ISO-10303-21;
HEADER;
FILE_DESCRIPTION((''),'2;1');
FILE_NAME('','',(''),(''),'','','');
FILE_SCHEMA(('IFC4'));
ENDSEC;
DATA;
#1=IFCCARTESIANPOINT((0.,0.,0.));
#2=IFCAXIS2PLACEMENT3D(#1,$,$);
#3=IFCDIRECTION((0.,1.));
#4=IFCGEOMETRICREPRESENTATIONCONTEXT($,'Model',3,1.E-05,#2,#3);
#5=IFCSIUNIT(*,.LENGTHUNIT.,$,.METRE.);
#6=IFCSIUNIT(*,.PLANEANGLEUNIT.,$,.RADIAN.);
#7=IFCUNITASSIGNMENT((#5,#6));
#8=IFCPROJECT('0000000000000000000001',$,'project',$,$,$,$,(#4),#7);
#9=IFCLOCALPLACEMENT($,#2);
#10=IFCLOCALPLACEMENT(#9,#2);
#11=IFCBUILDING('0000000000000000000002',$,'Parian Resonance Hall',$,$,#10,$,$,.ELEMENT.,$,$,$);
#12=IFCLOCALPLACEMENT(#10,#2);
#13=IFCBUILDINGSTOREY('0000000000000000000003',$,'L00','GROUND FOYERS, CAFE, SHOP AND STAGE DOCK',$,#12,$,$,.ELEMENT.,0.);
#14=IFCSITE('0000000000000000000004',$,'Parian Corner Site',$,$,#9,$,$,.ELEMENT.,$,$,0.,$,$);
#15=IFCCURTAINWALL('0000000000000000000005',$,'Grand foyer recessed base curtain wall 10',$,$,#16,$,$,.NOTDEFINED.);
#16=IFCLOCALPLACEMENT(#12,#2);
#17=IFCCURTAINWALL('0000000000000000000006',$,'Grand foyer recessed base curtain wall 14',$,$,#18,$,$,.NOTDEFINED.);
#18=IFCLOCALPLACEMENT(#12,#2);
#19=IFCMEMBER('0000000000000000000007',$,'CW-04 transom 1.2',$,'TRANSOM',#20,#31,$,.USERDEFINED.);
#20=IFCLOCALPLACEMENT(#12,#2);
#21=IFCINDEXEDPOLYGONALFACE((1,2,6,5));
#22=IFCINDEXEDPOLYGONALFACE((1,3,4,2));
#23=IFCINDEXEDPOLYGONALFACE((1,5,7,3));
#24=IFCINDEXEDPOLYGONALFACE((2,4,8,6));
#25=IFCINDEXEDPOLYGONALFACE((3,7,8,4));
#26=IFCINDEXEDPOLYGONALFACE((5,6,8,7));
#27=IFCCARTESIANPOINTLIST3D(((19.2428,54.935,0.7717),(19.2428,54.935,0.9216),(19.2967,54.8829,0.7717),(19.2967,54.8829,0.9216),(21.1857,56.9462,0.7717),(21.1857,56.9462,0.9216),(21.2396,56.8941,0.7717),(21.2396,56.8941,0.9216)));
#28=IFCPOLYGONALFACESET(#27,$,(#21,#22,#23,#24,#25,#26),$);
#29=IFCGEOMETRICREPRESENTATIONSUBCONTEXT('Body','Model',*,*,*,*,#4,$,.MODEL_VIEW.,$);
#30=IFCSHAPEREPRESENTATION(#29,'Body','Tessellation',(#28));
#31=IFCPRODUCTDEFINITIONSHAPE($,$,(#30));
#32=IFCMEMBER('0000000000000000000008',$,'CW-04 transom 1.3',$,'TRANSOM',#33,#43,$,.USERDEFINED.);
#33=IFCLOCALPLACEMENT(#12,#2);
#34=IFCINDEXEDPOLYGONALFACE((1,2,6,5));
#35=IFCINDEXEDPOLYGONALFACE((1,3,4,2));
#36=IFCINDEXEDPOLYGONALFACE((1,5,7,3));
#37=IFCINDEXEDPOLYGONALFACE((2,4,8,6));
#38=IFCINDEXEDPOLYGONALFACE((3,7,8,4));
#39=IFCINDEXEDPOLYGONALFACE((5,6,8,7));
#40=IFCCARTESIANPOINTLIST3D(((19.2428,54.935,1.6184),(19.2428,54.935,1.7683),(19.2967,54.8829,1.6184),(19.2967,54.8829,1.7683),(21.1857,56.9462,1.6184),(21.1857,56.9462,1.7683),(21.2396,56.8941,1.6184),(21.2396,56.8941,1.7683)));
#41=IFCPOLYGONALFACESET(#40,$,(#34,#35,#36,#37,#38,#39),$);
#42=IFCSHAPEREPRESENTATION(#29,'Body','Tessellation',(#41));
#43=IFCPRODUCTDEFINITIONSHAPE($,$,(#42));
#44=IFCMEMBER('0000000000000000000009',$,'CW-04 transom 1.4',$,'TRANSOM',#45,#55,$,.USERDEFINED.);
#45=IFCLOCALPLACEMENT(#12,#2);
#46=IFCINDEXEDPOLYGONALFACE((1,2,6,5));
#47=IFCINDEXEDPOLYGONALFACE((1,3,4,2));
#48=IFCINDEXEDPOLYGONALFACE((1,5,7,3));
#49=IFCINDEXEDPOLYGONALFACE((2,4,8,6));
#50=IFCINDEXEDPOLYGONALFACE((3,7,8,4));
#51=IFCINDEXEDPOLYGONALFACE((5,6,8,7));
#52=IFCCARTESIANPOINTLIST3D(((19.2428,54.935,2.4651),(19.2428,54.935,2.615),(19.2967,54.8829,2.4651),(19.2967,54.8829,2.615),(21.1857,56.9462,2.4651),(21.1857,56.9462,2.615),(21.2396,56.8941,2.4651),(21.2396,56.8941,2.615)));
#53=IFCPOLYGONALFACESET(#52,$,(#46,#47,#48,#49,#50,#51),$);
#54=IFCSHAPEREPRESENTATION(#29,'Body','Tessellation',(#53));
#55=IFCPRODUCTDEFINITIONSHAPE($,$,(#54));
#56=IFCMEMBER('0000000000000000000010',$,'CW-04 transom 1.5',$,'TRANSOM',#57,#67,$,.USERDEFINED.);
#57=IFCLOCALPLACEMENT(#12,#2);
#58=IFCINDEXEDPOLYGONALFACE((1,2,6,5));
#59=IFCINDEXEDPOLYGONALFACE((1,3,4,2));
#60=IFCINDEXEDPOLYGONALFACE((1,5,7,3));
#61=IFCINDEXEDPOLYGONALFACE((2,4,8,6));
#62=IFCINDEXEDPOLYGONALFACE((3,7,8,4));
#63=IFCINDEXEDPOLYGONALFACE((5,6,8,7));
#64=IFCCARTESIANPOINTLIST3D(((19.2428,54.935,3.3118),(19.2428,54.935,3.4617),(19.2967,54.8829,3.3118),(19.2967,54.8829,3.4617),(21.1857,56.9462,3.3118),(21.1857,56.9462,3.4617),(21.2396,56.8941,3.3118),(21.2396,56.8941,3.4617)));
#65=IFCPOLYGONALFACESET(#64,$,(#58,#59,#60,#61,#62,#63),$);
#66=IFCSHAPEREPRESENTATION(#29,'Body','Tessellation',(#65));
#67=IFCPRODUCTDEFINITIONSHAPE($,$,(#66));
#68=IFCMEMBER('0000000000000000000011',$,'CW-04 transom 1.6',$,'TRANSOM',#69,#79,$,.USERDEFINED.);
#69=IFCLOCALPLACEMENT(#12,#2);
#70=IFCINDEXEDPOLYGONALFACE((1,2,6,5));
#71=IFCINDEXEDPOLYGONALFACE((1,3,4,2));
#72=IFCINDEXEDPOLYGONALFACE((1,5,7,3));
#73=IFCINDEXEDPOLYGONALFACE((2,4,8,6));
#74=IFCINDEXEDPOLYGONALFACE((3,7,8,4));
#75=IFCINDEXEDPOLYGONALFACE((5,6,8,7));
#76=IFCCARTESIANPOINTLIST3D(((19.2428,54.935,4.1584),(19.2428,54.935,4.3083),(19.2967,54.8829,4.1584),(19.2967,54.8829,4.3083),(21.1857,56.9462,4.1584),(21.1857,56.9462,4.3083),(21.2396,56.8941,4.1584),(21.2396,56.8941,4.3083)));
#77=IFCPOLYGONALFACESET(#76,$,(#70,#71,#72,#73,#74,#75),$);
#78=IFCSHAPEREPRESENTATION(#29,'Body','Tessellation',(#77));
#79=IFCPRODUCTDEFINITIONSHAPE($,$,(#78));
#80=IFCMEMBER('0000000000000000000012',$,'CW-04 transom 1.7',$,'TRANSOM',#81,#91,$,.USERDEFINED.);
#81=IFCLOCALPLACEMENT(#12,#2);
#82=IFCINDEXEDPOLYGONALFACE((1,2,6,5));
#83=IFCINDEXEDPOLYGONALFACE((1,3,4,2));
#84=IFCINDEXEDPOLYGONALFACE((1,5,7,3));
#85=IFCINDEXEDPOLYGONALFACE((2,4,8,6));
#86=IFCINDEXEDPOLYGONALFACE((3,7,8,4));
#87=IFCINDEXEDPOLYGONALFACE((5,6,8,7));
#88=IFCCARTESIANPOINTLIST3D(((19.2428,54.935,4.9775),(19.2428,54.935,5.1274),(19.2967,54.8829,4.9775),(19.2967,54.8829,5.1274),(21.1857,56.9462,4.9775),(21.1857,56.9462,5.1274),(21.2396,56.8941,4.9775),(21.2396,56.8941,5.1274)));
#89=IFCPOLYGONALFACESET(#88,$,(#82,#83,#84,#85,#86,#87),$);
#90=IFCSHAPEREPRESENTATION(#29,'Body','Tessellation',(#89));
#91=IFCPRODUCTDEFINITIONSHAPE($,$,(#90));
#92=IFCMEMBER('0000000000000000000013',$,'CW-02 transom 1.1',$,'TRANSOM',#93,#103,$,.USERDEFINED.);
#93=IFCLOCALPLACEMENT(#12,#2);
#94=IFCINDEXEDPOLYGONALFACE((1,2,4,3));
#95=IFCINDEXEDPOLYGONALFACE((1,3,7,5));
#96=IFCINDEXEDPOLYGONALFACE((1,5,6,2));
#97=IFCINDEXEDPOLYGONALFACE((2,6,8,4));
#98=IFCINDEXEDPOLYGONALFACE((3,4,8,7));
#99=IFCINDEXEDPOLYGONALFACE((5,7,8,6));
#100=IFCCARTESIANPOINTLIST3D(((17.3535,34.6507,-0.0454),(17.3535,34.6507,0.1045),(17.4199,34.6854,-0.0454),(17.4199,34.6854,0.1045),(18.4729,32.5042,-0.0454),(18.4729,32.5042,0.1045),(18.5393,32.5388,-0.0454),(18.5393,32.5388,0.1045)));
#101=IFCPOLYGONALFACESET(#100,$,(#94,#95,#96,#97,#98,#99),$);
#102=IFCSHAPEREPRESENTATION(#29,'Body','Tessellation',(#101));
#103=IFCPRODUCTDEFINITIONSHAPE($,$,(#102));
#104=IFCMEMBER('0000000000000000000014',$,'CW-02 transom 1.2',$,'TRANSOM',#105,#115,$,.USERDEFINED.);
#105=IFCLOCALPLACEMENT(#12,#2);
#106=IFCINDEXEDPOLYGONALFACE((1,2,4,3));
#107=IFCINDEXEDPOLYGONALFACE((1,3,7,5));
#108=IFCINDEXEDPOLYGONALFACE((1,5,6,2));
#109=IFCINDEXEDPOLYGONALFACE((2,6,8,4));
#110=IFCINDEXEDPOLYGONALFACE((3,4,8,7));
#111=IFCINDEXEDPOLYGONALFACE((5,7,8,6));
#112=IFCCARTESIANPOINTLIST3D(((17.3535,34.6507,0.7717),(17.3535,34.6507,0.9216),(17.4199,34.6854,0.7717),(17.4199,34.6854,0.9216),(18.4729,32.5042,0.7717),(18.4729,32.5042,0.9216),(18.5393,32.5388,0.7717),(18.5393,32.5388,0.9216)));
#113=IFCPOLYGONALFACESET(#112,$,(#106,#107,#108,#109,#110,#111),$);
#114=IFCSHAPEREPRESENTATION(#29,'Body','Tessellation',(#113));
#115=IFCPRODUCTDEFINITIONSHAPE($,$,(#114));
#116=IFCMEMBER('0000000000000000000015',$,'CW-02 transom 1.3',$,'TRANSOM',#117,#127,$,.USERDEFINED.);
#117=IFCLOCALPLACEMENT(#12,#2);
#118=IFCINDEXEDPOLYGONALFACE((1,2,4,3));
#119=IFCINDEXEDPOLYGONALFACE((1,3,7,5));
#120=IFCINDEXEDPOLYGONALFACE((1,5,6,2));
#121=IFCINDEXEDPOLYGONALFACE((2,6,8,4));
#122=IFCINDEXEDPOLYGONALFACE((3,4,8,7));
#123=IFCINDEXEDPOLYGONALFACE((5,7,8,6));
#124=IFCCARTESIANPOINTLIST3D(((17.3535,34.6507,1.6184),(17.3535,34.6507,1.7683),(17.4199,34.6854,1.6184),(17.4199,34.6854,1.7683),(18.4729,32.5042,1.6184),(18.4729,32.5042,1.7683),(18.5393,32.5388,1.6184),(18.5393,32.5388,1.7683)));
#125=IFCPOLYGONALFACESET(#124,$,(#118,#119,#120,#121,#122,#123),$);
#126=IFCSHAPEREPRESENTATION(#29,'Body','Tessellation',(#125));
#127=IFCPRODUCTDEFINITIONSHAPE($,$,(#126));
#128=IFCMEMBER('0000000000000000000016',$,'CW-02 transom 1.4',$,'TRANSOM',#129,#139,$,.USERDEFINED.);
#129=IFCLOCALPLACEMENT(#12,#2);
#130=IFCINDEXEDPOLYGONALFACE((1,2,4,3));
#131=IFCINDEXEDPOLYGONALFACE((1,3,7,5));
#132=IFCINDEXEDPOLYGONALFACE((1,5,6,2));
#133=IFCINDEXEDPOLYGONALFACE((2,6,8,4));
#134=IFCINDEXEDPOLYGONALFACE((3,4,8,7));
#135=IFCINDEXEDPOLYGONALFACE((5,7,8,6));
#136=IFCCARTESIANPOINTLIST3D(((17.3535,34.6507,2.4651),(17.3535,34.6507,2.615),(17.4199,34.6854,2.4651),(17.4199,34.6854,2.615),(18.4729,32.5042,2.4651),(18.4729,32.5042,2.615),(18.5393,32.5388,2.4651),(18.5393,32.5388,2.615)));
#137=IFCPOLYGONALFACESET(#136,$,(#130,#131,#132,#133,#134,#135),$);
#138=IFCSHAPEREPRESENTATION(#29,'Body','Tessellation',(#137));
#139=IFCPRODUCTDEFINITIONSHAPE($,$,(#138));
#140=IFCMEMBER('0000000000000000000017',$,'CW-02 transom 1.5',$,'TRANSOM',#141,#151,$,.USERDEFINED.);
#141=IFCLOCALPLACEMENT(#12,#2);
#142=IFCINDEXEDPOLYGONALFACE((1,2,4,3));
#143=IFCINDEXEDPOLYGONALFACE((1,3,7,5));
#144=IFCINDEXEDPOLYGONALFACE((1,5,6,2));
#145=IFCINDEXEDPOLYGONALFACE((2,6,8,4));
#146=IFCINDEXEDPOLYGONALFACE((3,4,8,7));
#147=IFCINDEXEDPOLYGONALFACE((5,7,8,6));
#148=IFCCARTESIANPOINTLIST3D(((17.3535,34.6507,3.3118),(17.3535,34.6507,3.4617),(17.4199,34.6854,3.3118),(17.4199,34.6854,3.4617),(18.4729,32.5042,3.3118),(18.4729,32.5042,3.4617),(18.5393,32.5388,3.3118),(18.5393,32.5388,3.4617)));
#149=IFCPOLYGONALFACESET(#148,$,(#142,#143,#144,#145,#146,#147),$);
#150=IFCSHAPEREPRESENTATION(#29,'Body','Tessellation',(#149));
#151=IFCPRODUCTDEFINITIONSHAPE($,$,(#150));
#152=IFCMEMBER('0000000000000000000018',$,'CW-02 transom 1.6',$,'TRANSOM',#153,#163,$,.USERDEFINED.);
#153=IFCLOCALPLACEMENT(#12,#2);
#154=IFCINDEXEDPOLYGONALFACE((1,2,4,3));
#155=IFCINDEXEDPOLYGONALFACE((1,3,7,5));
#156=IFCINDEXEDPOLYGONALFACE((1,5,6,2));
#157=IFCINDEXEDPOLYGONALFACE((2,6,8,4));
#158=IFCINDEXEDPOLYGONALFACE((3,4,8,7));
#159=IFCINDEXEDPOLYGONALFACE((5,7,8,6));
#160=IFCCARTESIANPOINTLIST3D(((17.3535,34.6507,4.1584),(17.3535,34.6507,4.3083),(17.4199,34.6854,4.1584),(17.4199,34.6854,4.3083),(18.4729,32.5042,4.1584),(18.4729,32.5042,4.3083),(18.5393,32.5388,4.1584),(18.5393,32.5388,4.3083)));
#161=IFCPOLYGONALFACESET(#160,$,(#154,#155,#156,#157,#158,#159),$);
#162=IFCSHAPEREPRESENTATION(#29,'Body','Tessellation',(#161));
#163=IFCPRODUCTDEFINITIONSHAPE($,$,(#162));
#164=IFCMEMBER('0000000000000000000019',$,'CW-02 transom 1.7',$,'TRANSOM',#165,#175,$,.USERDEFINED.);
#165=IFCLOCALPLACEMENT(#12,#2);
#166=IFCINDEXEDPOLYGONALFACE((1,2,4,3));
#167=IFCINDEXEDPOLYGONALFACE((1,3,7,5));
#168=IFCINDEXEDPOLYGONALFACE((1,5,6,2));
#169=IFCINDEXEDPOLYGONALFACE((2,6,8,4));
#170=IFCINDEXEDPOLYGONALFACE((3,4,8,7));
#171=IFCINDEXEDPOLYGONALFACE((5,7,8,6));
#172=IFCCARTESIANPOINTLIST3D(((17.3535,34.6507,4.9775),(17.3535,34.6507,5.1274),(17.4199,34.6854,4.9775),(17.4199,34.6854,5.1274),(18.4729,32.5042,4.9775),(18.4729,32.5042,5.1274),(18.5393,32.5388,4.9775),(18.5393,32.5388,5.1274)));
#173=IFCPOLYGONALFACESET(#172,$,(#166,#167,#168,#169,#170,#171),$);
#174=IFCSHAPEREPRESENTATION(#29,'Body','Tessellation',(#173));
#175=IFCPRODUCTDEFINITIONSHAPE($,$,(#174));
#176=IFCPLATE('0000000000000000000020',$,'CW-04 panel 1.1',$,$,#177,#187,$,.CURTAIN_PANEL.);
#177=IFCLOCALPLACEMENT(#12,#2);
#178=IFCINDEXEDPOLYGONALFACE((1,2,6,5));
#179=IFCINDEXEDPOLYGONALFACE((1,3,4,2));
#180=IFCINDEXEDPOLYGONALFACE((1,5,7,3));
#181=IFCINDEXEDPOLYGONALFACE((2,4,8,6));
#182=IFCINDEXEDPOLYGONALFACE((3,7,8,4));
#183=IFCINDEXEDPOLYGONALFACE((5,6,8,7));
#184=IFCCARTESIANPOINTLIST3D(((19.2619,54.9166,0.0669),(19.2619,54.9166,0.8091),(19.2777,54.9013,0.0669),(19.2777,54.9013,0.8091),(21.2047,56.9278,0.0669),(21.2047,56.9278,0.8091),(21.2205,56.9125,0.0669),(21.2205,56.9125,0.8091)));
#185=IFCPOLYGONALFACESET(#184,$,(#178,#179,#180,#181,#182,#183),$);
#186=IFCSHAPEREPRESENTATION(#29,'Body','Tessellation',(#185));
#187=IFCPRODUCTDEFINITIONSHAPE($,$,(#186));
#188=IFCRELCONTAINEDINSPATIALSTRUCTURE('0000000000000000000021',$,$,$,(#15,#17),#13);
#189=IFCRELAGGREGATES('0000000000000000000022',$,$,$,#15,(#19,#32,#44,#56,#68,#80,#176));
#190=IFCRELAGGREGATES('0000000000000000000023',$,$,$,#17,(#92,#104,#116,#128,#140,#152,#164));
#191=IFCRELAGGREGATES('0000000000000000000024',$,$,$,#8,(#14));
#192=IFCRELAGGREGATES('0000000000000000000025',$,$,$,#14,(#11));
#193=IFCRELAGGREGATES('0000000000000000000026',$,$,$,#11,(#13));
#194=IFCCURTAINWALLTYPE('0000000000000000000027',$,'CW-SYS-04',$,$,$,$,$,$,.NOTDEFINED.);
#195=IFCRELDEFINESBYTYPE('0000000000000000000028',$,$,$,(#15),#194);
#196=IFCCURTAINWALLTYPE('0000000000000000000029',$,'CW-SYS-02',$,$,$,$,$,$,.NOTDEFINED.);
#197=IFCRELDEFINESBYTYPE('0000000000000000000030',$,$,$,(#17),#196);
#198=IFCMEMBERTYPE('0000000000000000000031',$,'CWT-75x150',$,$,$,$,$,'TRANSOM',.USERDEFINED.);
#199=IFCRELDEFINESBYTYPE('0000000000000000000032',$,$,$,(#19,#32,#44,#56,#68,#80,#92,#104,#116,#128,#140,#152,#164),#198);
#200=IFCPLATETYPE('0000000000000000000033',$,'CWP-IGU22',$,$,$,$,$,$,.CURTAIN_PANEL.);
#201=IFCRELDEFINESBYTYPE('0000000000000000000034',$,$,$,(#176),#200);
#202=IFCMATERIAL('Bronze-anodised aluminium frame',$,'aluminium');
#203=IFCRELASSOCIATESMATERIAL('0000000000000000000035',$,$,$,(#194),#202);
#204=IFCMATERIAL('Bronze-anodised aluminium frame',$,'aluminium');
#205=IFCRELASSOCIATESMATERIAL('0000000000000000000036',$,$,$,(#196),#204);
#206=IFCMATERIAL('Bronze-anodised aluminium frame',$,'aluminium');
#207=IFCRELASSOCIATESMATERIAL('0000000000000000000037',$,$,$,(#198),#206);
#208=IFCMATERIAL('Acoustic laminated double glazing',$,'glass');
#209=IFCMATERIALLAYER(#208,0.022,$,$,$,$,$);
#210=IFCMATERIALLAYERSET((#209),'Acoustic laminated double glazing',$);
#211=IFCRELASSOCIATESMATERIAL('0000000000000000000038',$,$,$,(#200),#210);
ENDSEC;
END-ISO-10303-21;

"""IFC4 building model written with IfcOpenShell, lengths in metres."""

from ifc_helpers import new_model, si_unit, direction, frame, origin, origin_2d, place, context, subcontext, project, spatial, rectangle, extrude, material, layer, layer_set, material_profile, profile_set, type_object, element, aggregate, save


model = new_model("IFC4")

# Units and contexts
model_context = context("Model", 3, precision=1e-05, world=origin(), true_north=direction((0.0, 1.0)))
body_context = subcontext(model_context, "Body", "Model", "MODEL_VIEW")
ifc_project = project(units=[si_unit("LENGTHUNIT", "METRE"), si_unit("PLANEANGLEUNIT", "RADIAN")], contexts=[model_context])

# Site, building, storey
site_placement = place(None, origin())
site = spatial("IfcSite", under=ifc_project, at=site_placement, Name="Parian Corner Site", CompositionType="ELEMENT", RefElevation=0.0)
building_placement = place(site_placement, origin())
building = spatial("IfcBuilding", under=site, at=building_placement, Name="Parian Resonance Hall", CompositionType="ELEMENT")
storey_placement = place(building_placement, origin())
storey = spatial("IfcBuildingStorey", under=building, at=storey_placement, Name="L00", Description="GROUND FOYERS, CAFE, SHOP AND STAGE DOCK", CompositionType="ELEMENT", Elevation=0.0)

# Curtain walls
ifc_material_1 = material(Name="Bronze-anodised aluminium frame", Category="aluminium")
curtain_wall_type_1 = type_object("IfcCurtainWallType", Name="CW-SYS-04", PredefinedType="NOTDEFINED", material=ifc_material_1)
curtain_wall_1_placement = place(storey_placement, origin())
curtain_wall_1 = element("IfcCurtainWall", 1, at=curtain_wall_1_placement, inside=storey, type_object=curtain_wall_type_1, Name="Grand foyer recessed base curtain wall 10", PredefinedType="NOTDEFINED")
ifc_material_2 = material(Name="Bronze-anodised aluminium frame", Category="aluminium")
curtain_wall_type_2 = type_object("IfcCurtainWallType", Name="CW-SYS-02", PredefinedType="NOTDEFINED", material=ifc_material_2)
curtain_wall_2_placement = place(storey_placement, origin())
curtain_wall_2 = element("IfcCurtainWall", 2, at=curtain_wall_2_placement, inside=storey, type_object=curtain_wall_type_2, Name="Grand foyer recessed base curtain wall 14", PredefinedType="NOTDEFINED")

# Members
ifc_material_3 = material(Name="Bronze-anodised aluminium frame", Category="aluminium")
ifc_material_profile_1 = material_profile(ifc_material_3, rectangle(XDim=0.075, YDim=0.1499, at=origin_2d()), Name="CWT-75x150")
ifc_profile_set_1 = profile_set([ifc_material_profile_1], Name="Bronze-anodised aluminium frame")
member_type_1 = type_object("IfcMemberType", Name="CWT-75x150", ElementType="TRANSOM", PredefinedType="USERDEFINED", material=ifc_profile_set_1)
member_1_placement = place(storey_placement, frame((19.2698, 54.9089, 0.8467), z_axis=(0.694778, 0.719224, 0.0), x_axis=(-0.719224, 0.694778, 0.0)))
member_1 = element("IfcMember", 3, at=member_1_placement, type_object=member_type_1, Name="CW-04 transom 1.2", ObjectType="TRANSOM", PredefinedType="USERDEFINED", context=body_context, shape_type="SweptSolid", body=[
    extrude(rectangle(XDim=0.075, YDim=0.1499, at=origin_2d()), origin(), (0.0, 0.0, 1.0), 2.7964),
])
member_2_placement = place(storey_placement, frame((19.2698, 54.9089, 1.6934), z_axis=(0.694778, 0.719224, 0.0), x_axis=(-0.719224, 0.694778, 0.0)))
member_2 = element("IfcMember", 4, at=member_2_placement, type_object=member_type_1, Name="CW-04 transom 1.3", ObjectType="TRANSOM", PredefinedType="USERDEFINED", context=body_context, shape_type="SweptSolid", body=[
    extrude(rectangle(XDim=0.075, YDim=0.1499, at=origin_2d()), origin(), (0.0, 0.0, 1.0), 2.7964),
])
member_3_placement = place(storey_placement, frame((19.2698, 54.9089, 2.54), z_axis=(0.694778, 0.719224, 0.0), x_axis=(-0.719224, 0.694778, 0.0)))
member_3 = element("IfcMember", 5, at=member_3_placement, type_object=member_type_1, Name="CW-04 transom 1.4", ObjectType="TRANSOM", PredefinedType="USERDEFINED", context=body_context, shape_type="SweptSolid", body=[
    extrude(rectangle(XDim=0.075, YDim=0.1499, at=origin_2d()), origin(), (0.0, 0.0, 1.0), 2.7964),
])
member_4_placement = place(storey_placement, frame((19.2698, 54.9089, 3.3867), z_axis=(0.694778, 0.719224, 0.0), x_axis=(-0.719224, 0.694778, 0.0)))
member_4 = element("IfcMember", 6, at=member_4_placement, type_object=member_type_1, Name="CW-04 transom 1.5", ObjectType="TRANSOM", PredefinedType="USERDEFINED", context=body_context, shape_type="SweptSolid", body=[
    extrude(rectangle(XDim=0.075, YDim=0.1499, at=origin_2d()), origin(), (0.0, 0.0, 1.0), 2.7964),
])
member_5_placement = place(storey_placement, frame((19.2698, 54.9089, 4.2334), z_axis=(0.694778, 0.719224, 0.0), x_axis=(-0.719224, 0.694778, 0.0)))
member_5 = element("IfcMember", 7, at=member_5_placement, type_object=member_type_1, Name="CW-04 transom 1.6", ObjectType="TRANSOM", PredefinedType="USERDEFINED", context=body_context, shape_type="SweptSolid", body=[
    extrude(rectangle(XDim=0.075, YDim=0.1499, at=origin_2d()), origin(), (0.0, 0.0, 1.0), 2.7964),
])
member_6_placement = place(storey_placement, frame((19.2698, 54.9089, 5.0525), z_axis=(0.694778, 0.719224, 0.0), x_axis=(-0.719224, 0.694778, 0.0)))
member_6 = element("IfcMember", 8, at=member_6_placement, type_object=member_type_1, Name="CW-04 transom 1.7", ObjectType="TRANSOM", PredefinedType="USERDEFINED", context=body_context, shape_type="SweptSolid", body=[
    extrude(rectangle(XDim=0.075, YDim=0.1499, at=origin_2d()), origin(), (0.0, 0.0, 1.0), 2.7964),
])
member_7_placement = place(storey_placement, frame((18.5061, 32.5215, 0.0295), z_axis=(-0.462397, 0.886673, 0.0), x_axis=(-0.886673, -0.462397, 0.0)))
member_7 = element("IfcMember", 9, at=member_7_placement, type_object=member_type_1, Name="CW-02 transom 1.1", ObjectType="TRANSOM", PredefinedType="USERDEFINED", context=body_context, shape_type="SweptSolid", body=[
    extrude(rectangle(XDim=0.075, YDim=0.1499, at=origin_2d()), origin(), (0.0, 0.0, 1.0), 2.4209),
])
member_8_placement = place(storey_placement, frame((18.5061, 32.5215, 0.8467), z_axis=(-0.462397, 0.886673, 0.0), x_axis=(-0.886673, -0.462397, 0.0)))
member_8 = element("IfcMember", 10, at=member_8_placement, type_object=member_type_1, Name="CW-02 transom 1.2", ObjectType="TRANSOM", PredefinedType="USERDEFINED", context=body_context, shape_type="SweptSolid", body=[
    extrude(rectangle(XDim=0.075, YDim=0.1499, at=origin_2d()), origin(), (0.0, 0.0, 1.0), 2.4209),
])
member_9_placement = place(storey_placement, frame((18.5061, 32.5215, 1.6934), z_axis=(-0.462397, 0.886673, 0.0), x_axis=(-0.886673, -0.462397, 0.0)))
member_9 = element("IfcMember", 11, at=member_9_placement, type_object=member_type_1, Name="CW-02 transom 1.3", ObjectType="TRANSOM", PredefinedType="USERDEFINED", context=body_context, shape_type="SweptSolid", body=[
    extrude(rectangle(XDim=0.075, YDim=0.1499, at=origin_2d()), origin(), (0.0, 0.0, 1.0), 2.4209),
])
member_10_placement = place(storey_placement, frame((18.5061, 32.5215, 2.54), z_axis=(-0.462397, 0.886673, 0.0), x_axis=(-0.886673, -0.462397, 0.0)))
member_10 = element("IfcMember", 12, at=member_10_placement, type_object=member_type_1, Name="CW-02 transom 1.4", ObjectType="TRANSOM", PredefinedType="USERDEFINED", context=body_context, shape_type="SweptSolid", body=[
    extrude(rectangle(XDim=0.075, YDim=0.1499, at=origin_2d()), origin(), (0.0, 0.0, 1.0), 2.4209),
])
member_11_placement = place(storey_placement, frame((18.5061, 32.5215, 3.3867), z_axis=(-0.462397, 0.886673, 0.0), x_axis=(-0.886673, -0.462397, 0.0)))
member_11 = element("IfcMember", 13, at=member_11_placement, type_object=member_type_1, Name="CW-02 transom 1.5", ObjectType="TRANSOM", PredefinedType="USERDEFINED", context=body_context, shape_type="SweptSolid", body=[
    extrude(rectangle(XDim=0.075, YDim=0.1499, at=origin_2d()), origin(), (0.0, 0.0, 1.0), 2.4209),
])
member_12_placement = place(storey_placement, frame((18.5061, 32.5215, 4.2334), z_axis=(-0.462397, 0.886673, 0.0), x_axis=(-0.886673, -0.462397, 0.0)))
member_12 = element("IfcMember", 14, at=member_12_placement, type_object=member_type_1, Name="CW-02 transom 1.6", ObjectType="TRANSOM", PredefinedType="USERDEFINED", context=body_context, shape_type="SweptSolid", body=[
    extrude(rectangle(XDim=0.075, YDim=0.1499, at=origin_2d()), origin(), (0.0, 0.0, 1.0), 2.4209),
])
member_13_placement = place(storey_placement, frame((18.5061, 32.5215, 5.0525), z_axis=(-0.462397, 0.886673, 0.0), x_axis=(-0.886673, -0.462397, 0.0)))
member_13 = element("IfcMember", 15, at=member_13_placement, type_object=member_type_1, Name="CW-02 transom 1.7", ObjectType="TRANSOM", PredefinedType="USERDEFINED", context=body_context, shape_type="SweptSolid", body=[
    extrude(rectangle(XDim=0.075, YDim=0.1499, at=origin_2d()), origin(), (0.0, 0.0, 1.0), 2.4209),
])

# Plate
ifc_material_4 = material(Name="Acoustic laminated double glazing", Category="glass")
ifc_layer_1 = layer(ifc_material_4, 0.022)
ifc_layer_set_1 = layer_set([ifc_layer_1], Name="Acoustic laminated double glazing")
plate_type_1 = type_object("IfcPlateType", Name="CWP-IGU22", PredefinedType="CURTAIN_PANEL", material=ifc_layer_set_1)
plate_1_placement = place(storey_placement, frame((20.2412, 55.9146, 0.0669), z_axis=(0.0, 0.0, 1.0), x_axis=(0.69478, 0.719223, 0.0)))
plate_1 = element("IfcPlate", 16, at=plate_1_placement, type_object=plate_type_1, Name="CW-04 panel 1.1", PredefinedType="CURTAIN_PANEL", context=body_context, shape_type="SweptSolid", body=[
    extrude(rectangle(XDim=2.7964, YDim=0.022, at=origin_2d()), origin(), (0.0, 0.0, 1.0), 0.7422),
])
aggregate(curtain_wall_1, [member_1, member_2, member_3, member_4, member_5, member_6, plate_1])
aggregate(curtain_wall_2, [member_7, member_8, member_9, member_10, member_11, member_12, member_13])

save(model, "model.ifc")
